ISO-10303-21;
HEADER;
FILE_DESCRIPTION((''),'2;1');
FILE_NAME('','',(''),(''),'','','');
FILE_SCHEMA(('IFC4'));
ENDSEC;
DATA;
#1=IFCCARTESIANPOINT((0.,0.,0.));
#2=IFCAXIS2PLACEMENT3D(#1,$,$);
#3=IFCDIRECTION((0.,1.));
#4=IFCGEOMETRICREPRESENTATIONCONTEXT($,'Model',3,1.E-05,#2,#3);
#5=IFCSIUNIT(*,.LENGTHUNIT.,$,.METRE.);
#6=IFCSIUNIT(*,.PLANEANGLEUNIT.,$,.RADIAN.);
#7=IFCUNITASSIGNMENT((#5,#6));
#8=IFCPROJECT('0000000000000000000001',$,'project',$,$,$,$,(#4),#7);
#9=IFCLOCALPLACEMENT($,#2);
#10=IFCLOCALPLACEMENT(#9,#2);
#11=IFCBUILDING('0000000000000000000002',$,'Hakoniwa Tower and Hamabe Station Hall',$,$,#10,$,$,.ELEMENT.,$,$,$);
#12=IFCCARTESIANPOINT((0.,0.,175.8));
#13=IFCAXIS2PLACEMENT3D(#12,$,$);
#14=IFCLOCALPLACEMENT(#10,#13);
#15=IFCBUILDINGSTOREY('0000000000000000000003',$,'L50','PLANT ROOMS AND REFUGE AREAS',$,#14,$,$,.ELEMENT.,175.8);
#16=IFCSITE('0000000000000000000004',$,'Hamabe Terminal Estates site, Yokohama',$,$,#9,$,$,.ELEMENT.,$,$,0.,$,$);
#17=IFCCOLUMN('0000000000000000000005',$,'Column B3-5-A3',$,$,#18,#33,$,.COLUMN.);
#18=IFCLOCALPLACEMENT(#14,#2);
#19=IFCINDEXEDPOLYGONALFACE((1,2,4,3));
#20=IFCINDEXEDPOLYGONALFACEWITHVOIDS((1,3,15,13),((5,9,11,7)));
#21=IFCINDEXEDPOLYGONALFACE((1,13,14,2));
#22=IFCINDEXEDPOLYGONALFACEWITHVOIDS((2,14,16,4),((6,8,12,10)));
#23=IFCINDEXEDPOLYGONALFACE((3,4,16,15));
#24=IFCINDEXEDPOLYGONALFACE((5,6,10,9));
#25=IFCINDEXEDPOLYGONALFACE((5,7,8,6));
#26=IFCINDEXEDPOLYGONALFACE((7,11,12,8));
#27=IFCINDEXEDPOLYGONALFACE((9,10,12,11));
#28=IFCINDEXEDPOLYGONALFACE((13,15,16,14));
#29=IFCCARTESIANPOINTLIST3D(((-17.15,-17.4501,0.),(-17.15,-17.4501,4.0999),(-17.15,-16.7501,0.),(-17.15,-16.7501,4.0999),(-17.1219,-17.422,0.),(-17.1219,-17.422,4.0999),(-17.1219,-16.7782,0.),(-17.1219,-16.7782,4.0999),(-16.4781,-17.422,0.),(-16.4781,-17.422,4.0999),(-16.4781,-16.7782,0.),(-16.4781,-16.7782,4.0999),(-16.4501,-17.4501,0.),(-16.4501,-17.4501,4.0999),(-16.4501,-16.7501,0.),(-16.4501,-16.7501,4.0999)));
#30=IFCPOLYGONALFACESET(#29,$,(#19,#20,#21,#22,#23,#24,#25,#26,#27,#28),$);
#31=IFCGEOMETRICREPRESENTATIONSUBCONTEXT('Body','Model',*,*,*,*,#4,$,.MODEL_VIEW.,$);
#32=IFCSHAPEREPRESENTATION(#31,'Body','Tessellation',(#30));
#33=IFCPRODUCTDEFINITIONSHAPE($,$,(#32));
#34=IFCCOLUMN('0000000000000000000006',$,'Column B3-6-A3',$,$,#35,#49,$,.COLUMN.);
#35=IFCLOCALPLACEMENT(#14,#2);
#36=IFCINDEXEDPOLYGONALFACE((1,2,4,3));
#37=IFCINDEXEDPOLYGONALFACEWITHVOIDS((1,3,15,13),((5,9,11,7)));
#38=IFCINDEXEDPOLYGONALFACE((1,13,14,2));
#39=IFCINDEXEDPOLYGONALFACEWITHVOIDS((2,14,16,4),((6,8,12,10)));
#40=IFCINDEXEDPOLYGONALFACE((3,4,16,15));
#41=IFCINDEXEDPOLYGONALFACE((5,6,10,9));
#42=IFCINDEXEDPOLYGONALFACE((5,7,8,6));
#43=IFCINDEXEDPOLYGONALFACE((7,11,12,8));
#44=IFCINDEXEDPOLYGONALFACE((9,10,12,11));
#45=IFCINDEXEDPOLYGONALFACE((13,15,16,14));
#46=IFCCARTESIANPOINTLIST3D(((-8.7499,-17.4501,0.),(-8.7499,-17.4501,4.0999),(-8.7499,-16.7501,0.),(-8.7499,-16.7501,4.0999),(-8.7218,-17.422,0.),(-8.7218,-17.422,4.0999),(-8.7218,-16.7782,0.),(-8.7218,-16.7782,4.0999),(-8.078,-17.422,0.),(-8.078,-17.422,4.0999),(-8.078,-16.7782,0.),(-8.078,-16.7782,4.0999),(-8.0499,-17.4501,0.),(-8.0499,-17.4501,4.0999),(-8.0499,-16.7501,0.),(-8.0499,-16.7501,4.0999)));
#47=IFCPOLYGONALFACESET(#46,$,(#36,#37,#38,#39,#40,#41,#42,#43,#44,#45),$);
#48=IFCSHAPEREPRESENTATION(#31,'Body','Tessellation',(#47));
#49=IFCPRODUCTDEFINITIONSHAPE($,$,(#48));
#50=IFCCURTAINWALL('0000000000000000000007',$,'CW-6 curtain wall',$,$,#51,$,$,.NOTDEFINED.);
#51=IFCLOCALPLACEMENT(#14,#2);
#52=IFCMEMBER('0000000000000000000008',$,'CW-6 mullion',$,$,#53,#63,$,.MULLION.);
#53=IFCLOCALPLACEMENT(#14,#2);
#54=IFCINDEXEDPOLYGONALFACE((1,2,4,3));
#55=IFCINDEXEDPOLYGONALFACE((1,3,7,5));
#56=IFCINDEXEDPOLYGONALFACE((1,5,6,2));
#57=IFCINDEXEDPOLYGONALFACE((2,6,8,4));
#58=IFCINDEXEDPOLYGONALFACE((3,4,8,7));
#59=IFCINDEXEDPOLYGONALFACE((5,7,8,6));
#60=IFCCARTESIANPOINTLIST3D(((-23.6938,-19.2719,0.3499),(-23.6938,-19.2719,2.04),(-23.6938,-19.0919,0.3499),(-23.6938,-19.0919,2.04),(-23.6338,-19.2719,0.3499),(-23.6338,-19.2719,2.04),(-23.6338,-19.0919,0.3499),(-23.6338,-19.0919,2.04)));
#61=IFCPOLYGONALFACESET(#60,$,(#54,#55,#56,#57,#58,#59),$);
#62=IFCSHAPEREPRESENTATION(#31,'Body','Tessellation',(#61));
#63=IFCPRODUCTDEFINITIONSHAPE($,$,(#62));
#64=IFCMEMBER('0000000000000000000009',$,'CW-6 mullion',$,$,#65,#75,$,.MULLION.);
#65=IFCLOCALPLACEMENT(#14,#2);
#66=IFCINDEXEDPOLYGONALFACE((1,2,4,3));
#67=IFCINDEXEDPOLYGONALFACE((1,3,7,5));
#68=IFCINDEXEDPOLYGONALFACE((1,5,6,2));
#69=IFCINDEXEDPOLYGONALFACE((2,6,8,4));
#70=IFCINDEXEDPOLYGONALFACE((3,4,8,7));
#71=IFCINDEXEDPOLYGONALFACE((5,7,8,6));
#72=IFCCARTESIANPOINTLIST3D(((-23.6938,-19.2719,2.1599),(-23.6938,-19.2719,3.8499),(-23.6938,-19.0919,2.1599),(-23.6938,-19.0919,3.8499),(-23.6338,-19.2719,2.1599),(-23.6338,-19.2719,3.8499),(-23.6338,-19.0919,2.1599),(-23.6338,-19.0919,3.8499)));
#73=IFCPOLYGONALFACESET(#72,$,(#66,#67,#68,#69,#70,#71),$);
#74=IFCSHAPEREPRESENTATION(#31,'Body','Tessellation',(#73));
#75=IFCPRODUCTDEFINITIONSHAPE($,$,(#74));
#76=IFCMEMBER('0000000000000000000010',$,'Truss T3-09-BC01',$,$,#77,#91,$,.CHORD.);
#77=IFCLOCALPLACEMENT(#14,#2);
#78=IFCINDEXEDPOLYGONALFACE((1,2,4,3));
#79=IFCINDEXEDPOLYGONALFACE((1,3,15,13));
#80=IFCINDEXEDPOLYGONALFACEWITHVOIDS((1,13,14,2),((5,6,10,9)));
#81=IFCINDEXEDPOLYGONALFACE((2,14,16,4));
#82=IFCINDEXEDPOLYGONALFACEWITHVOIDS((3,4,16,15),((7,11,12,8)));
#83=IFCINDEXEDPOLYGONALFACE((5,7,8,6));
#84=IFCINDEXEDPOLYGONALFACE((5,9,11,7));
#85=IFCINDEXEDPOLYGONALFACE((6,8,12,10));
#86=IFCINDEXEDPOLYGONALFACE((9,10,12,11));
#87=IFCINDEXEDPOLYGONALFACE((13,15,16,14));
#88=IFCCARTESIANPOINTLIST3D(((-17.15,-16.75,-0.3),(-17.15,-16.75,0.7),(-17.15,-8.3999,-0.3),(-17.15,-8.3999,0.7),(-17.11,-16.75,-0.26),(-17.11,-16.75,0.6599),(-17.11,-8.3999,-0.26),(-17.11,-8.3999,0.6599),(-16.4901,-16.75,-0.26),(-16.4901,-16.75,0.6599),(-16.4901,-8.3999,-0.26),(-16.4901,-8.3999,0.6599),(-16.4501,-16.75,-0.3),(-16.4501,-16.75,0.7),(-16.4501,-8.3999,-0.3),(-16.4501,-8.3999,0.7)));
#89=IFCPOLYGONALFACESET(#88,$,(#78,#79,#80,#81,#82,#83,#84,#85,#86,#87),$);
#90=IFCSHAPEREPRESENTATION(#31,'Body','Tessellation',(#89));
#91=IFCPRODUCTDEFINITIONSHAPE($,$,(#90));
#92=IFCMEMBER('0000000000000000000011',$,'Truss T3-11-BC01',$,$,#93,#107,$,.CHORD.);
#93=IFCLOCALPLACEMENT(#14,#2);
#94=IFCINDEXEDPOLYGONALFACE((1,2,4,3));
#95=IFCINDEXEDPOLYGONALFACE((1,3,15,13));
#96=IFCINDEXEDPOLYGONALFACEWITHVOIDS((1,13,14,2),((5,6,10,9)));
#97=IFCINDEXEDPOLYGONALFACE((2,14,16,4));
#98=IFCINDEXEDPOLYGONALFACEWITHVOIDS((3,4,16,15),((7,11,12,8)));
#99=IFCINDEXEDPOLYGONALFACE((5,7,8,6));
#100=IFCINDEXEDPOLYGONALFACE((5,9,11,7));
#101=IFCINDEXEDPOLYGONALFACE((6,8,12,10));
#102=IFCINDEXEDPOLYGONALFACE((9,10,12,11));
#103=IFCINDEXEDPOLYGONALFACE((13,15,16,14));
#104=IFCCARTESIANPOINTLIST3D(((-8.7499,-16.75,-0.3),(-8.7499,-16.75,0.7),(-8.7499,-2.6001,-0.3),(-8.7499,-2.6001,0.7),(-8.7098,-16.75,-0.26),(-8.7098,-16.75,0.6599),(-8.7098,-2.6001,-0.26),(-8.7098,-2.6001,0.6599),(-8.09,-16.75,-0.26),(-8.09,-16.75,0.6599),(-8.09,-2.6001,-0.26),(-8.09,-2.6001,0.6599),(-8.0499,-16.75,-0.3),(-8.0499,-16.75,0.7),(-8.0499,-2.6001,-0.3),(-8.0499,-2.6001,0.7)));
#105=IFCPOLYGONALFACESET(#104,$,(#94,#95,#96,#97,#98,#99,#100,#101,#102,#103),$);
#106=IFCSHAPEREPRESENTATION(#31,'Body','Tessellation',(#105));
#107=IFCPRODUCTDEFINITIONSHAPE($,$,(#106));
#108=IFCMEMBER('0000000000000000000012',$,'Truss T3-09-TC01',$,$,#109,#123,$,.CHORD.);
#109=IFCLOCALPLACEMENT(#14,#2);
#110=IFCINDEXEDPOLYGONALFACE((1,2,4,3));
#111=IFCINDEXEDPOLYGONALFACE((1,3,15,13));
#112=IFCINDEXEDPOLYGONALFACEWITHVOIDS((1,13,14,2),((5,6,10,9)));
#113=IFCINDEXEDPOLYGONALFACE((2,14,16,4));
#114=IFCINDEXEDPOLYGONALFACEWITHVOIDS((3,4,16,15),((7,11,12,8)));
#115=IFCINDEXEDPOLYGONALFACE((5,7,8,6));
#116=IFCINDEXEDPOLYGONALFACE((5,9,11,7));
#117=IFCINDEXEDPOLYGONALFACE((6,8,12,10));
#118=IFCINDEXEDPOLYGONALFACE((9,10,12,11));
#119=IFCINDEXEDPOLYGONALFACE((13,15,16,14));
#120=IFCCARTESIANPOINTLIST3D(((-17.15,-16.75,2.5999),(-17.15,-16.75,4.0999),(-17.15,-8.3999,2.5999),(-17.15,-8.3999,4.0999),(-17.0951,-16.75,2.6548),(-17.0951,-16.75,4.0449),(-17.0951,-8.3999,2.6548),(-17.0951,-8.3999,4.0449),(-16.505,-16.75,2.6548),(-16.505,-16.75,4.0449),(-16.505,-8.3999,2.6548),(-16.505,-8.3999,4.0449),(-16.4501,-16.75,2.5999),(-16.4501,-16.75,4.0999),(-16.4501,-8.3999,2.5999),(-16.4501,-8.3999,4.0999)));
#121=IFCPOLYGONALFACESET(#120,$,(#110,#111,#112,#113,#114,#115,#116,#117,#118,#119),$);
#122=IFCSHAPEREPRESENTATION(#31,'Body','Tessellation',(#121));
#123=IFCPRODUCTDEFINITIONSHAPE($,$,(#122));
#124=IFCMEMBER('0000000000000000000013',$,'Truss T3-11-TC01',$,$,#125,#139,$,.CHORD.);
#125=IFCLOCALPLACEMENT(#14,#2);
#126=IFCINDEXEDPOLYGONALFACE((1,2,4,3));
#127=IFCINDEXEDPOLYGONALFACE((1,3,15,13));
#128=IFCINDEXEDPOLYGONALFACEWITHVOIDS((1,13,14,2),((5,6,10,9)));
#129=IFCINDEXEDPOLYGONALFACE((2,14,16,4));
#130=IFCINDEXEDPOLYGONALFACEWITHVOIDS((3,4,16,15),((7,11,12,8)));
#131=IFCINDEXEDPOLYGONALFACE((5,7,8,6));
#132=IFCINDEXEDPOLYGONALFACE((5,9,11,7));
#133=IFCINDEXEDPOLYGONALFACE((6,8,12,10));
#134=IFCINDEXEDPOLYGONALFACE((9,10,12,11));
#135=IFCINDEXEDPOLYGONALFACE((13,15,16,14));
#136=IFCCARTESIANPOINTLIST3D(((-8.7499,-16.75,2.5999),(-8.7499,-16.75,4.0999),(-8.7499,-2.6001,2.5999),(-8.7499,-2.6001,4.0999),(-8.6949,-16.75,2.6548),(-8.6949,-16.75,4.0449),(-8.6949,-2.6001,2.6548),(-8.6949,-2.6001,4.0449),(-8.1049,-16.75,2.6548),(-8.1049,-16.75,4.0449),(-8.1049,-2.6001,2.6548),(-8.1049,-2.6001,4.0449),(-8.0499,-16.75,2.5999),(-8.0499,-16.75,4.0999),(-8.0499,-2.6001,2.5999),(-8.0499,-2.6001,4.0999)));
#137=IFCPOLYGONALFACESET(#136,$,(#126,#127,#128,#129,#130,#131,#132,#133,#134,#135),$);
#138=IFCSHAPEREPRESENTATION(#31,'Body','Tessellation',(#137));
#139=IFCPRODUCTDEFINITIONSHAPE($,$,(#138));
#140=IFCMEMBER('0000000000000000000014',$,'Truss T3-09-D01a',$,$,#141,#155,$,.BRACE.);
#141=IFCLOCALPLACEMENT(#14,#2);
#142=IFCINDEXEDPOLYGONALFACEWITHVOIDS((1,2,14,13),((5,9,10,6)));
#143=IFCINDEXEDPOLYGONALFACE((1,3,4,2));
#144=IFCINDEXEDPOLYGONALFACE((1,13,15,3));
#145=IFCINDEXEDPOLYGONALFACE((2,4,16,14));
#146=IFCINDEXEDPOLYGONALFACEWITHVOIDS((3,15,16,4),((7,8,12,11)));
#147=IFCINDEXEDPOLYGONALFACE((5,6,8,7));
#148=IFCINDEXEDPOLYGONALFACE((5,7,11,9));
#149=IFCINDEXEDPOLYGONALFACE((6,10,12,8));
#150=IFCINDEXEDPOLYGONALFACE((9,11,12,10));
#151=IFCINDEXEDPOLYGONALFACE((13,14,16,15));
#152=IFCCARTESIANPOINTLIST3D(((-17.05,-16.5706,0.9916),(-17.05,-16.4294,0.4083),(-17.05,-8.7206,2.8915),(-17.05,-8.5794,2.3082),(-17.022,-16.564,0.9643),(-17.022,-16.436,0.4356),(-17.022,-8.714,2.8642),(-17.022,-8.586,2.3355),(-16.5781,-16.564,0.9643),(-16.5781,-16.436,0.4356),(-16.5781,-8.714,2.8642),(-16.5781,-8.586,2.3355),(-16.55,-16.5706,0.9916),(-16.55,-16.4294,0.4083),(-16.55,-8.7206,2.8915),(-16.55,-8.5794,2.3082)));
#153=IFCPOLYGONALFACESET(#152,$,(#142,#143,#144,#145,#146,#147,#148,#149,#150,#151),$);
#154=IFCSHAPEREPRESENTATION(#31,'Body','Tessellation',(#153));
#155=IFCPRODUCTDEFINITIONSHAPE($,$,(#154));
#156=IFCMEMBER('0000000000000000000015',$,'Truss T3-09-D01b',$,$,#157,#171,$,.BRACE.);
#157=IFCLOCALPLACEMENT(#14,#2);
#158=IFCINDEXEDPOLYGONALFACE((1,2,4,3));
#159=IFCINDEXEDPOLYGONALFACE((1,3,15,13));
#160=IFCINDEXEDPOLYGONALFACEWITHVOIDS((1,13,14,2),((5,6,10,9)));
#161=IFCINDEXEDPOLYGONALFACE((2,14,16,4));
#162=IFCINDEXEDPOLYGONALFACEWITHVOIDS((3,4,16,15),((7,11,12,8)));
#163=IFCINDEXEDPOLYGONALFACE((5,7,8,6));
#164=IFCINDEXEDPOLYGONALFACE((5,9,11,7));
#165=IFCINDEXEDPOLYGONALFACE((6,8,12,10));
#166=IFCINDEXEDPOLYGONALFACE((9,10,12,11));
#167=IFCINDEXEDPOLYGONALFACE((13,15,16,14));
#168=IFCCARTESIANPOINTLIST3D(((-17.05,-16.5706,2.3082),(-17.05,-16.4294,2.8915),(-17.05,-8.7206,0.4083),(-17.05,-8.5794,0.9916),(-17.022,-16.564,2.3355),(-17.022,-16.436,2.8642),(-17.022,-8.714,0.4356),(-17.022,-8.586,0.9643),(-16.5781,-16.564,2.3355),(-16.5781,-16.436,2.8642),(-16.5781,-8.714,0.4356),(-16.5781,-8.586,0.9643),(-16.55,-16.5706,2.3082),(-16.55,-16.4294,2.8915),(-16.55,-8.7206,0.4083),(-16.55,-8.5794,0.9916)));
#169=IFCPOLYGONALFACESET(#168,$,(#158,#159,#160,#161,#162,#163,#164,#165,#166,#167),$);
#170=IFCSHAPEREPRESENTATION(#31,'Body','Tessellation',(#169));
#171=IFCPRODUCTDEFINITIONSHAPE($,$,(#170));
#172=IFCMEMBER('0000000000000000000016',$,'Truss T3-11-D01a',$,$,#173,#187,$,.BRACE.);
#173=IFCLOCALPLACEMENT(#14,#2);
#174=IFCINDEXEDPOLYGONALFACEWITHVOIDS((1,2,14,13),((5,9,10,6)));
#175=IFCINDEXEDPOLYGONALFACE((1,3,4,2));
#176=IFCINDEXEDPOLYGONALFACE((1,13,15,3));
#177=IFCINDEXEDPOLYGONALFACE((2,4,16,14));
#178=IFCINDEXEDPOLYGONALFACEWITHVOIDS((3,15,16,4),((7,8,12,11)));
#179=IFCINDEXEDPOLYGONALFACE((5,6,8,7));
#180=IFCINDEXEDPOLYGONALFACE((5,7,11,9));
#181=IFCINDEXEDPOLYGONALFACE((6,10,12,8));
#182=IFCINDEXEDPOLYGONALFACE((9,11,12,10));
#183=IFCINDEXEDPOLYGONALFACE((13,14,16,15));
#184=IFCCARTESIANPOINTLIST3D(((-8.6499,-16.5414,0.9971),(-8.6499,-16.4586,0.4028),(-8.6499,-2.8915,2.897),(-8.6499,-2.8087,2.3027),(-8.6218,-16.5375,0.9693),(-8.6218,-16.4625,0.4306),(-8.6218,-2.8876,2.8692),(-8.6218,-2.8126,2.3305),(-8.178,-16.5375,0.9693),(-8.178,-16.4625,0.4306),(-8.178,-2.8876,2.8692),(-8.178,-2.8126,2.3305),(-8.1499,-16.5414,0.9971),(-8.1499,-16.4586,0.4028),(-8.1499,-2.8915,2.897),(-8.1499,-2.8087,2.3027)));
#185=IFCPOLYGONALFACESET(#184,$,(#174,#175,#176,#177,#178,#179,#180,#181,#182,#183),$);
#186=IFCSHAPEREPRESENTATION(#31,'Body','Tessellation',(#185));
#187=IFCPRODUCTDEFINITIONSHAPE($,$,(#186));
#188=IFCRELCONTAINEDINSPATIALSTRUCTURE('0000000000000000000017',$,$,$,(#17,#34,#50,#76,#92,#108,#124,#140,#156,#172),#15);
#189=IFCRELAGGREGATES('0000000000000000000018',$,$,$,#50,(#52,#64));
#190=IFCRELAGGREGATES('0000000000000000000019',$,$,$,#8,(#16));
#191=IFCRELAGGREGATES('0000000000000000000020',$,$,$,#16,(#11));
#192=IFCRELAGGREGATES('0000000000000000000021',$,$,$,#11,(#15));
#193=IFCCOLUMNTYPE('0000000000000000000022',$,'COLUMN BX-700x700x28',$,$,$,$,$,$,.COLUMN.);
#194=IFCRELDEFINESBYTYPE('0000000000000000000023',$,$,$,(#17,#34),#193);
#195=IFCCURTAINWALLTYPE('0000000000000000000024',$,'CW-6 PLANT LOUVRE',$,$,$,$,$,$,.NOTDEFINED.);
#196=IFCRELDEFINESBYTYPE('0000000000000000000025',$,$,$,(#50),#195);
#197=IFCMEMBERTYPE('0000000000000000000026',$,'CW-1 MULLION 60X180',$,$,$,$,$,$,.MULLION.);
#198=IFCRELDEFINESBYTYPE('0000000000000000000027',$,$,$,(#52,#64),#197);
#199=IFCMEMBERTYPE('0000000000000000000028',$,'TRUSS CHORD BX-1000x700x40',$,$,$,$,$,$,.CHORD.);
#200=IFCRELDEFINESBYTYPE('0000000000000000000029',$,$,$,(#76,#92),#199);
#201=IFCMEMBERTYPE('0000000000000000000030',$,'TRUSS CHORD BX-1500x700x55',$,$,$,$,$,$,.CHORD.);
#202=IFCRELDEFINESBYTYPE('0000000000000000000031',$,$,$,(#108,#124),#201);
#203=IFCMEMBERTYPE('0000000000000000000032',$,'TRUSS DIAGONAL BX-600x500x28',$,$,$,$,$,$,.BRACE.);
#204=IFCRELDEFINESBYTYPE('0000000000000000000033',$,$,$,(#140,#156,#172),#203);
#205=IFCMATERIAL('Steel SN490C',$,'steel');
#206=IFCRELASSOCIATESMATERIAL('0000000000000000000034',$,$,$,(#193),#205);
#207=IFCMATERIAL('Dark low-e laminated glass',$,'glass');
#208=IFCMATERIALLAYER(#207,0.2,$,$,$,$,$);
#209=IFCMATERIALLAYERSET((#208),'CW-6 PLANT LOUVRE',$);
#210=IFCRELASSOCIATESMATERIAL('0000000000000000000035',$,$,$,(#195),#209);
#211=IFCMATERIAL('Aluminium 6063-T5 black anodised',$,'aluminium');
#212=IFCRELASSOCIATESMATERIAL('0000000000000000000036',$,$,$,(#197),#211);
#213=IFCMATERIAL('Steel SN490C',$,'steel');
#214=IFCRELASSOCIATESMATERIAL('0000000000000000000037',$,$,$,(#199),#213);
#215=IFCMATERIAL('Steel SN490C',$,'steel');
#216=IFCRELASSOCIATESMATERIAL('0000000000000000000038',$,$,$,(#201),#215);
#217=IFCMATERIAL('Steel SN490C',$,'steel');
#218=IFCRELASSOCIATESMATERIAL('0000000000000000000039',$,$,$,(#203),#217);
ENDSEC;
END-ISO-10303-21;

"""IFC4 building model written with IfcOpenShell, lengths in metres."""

from ifc_helpers import new_model, si_unit, direction, frame, origin, origin_2d, place, context, subcontext, project, spatial, rectangle, hollow_rectangle, extrude, material, layer, layer_set, material_profile, profile_set, type_object, element, aggregate, save


model = new_model("IFC4")

# Units and contexts
model_context = context("Model", 3, precision=1e-05, world=origin(), true_north=direction((0.0, 1.0)))
body_context = subcontext(model_context, "Body", "Model", "MODEL_VIEW")
ifc_project = project(units=[si_unit("LENGTHUNIT", "METRE"), si_unit("PLANEANGLEUNIT", "RADIAN")], contexts=[model_context])

# Site, building, storey
site_placement = place(None, origin())
site = spatial("IfcSite", under=ifc_project, at=site_placement, Name="Hamabe Terminal Estates site, Yokohama", CompositionType="ELEMENT", RefElevation=0.0)
building_placement = place(site_placement, origin())
building = spatial("IfcBuilding", under=site, at=building_placement, Name="Hakoniwa Tower and Hamabe Station Hall", CompositionType="ELEMENT")
storey_placement = place(building_placement, frame((0.0, 0.0, 175.8)))
storey = spatial("IfcBuildingStorey", under=building, at=storey_placement, Name="L50", Description="PLANT ROOMS AND REFUGE AREAS", CompositionType="ELEMENT", Elevation=175.8)

# Columns
ifc_material_1 = material(Name="Steel SN490C", Category="steel")
ifc_material_profile_1 = material_profile(ifc_material_1, hollow_rectangle(XDim=0.7, YDim=0.7, WallThickness=0.0281, at=origin_2d()), Name="BX-700x700x28")
ifc_profile_set_1 = profile_set([ifc_material_profile_1], Name="Steel SN490C")
column_type = type_object("IfcColumnType", Name="COLUMN BX-700x700x28", PredefinedType="COLUMN", material=ifc_profile_set_1)
for number, where, z_axis, x_axis, name in (
    (1, (-16.8, -17.1001, 0.0), (0.0, 0.0, 1.0), (1.0, 0.0, 0.0), "Column B3-5-A3"),
    (2, (-8.3999, -17.1001, 0.0), (0.0, 0.0, 1.0), (1.0, 0.0, 0.0), "Column B3-6-A3"),
):
    element("IfcColumn", number, at=place(storey_placement, frame(where, z_axis=z_axis, x_axis=x_axis)), inside=storey, type_object=column_type, Name=name, PredefinedType="COLUMN", context=body_context, shape_type="SweptSolid", body=[
        extrude(hollow_rectangle(XDim=0.7, YDim=0.7, WallThickness=0.0281, at=origin_2d()), origin(), (0.0, 0.0, 1.0), 4.0999),
    ])

# Curtain wall, members
ifc_material_2 = material(Name="Dark low-e laminated glass", Category="glass")
ifc_layer_1 = layer(ifc_material_2, 0.2)
ifc_layer_set_1 = layer_set([ifc_layer_1], Name="CW-6 PLANT LOUVRE")
curtain_wall_type = type_object("IfcCurtainWallType", Name="CW-6 PLANT LOUVRE", PredefinedType="NOTDEFINED", material=ifc_layer_set_1)
curtain_wall_placement = place(storey_placement, origin())
curtain_wall = element("IfcCurtainWall", 3, at=curtain_wall_placement, inside=storey, type_object=curtain_wall_type, Name="CW-6 curtain wall", PredefinedType="NOTDEFINED")
ifc_material_3 = material(Name="Aluminium 6063-T5 black anodised", Category="aluminium")
ifc_material_profile_2 = material_profile(ifc_material_3, rectangle(XDim=0.0601, YDim=0.1799, at=origin_2d()), Name="CW-1 MULLION 60X180")
ifc_profile_set_2 = profile_set([ifc_material_profile_2], Name="Aluminium 6063-T5 black anodised")
member_type_1 = type_object("IfcMemberType", Name="CW-1 MULLION 60X180", PredefinedType="MULLION", material=ifc_profile_set_2)
member_1_placement = place(storey_placement, frame((-23.6638, -19.1819, 0.3499), z_axis=(0.0, 0.0, 1.0), x_axis=(1.0, 0.0, 0.0)))
member_1 = element("IfcMember", 4, at=member_1_placement, type_object=member_type_1, Name="CW-6 mullion", PredefinedType="MULLION", context=body_context, shape_type="SweptSolid", body=[
    extrude(rectangle(XDim=0.0601, YDim=0.1799, at=origin_2d()), origin(), (0.0, 0.0, 1.0), 1.6902),
])
member_2_placement = place(storey_placement, frame((-23.6638, -19.1819, 2.1599), z_axis=(0.0, 0.0, 1.0), x_axis=(1.0, 0.0, 0.0)))
member_2 = element("IfcMember", 5, at=member_2_placement, type_object=member_type_1, Name="CW-6 mullion", PredefinedType="MULLION", context=body_context, shape_type="SweptSolid", body=[
    extrude(rectangle(XDim=0.0601, YDim=0.1799, at=origin_2d()), origin(), (0.0, 0.0, 1.0), 1.6899),
])

# Members
ifc_material_4 = material(Name="Steel SN490C", Category="steel")
ifc_material_profile_3 = material_profile(ifc_material_4, hollow_rectangle(XDim=0.7, YDim=1.0, WallThickness=0.04, at=origin_2d()), Name="BX-1000x700x40")
ifc_profile_set_3 = profile_set([ifc_material_profile_3], Name="Steel SN490C")
member_type_2 = type_object("IfcMemberType", Name="TRUSS CHORD BX-1000x700x40", PredefinedType="CHORD", material=ifc_profile_set_3)
member_3_placement = place(storey_placement, frame((-16.8, -16.75, 0.2), z_axis=(0.0, 1.0, 0.0), x_axis=(-1.0, 0.0, 0.0)))
element("IfcMember", 6, at=member_3_placement, inside=storey, type_object=member_type_2, Name="Truss T3-09-BC01", PredefinedType="CHORD", context=body_context, shape_type="SweptSolid", body=[
    extrude(hollow_rectangle(XDim=0.7, YDim=1.0, WallThickness=0.04, at=origin_2d()), origin(), (0.0, 0.0, 1.0), 8.3501),
])
member_4_placement = place(storey_placement, frame((-8.3999, -16.75, 0.2), z_axis=(0.0, 1.0, 0.0), x_axis=(-1.0, 0.0, 0.0)))
element("IfcMember", 7, at=member_4_placement, inside=storey, type_object=member_type_2, Name="Truss T3-11-BC01", PredefinedType="CHORD", context=body_context, shape_type="SweptSolid", body=[
    extrude(hollow_rectangle(XDim=0.7, YDim=1.0, WallThickness=0.04, at=origin_2d()), origin(), (0.0, 0.0, 1.0), 14.1499),
])
ifc_material_5 = material(Name="Steel SN490C", Category="steel")
ifc_material_profile_4 = material_profile(ifc_material_5, hollow_rectangle(XDim=0.7, YDim=1.5, WallThickness=0.0549, at=origin_2d()), Name="BX-1500x700x55")
ifc_profile_set_4 = profile_set([ifc_material_profile_4], Name="Steel SN490C")
member_type_3 = type_object("IfcMemberType", Name="TRUSS CHORD BX-1500x700x55", PredefinedType="CHORD", material=ifc_profile_set_4)
member_5_placement = place(storey_placement, frame((-16.8, -16.75, 3.3499), z_axis=(0.0, 1.0, 0.0), x_axis=(-1.0, 0.0, 0.0)))
element("IfcMember", 8, at=member_5_placement, inside=storey, type_object=member_type_3, Name="Truss T3-09-TC01", PredefinedType="CHORD", context=body_context, shape_type="SweptSolid", body=[
    extrude(hollow_rectangle(XDim=0.7, YDim=1.5, WallThickness=0.0549, at=origin_2d()), origin(), (0.0, 0.0, 1.0), 8.3501),
])
member_6_placement = place(storey_placement, frame((-8.3999, -16.75, 3.3499), z_axis=(0.0, 1.0, 0.0), x_axis=(-1.0, 0.0, 0.0)))
element("IfcMember", 9, at=member_6_placement, inside=storey, type_object=member_type_3, Name="Truss T3-11-TC01", PredefinedType="CHORD", context=body_context, shape_type="SweptSolid", body=[
    extrude(hollow_rectangle(XDim=0.7, YDim=1.5, WallThickness=0.0549, at=origin_2d()), origin(), (0.0, 0.0, 1.0), 14.1499),
])
ifc_material_6 = material(Name="Steel SN490C", Category="steel")
ifc_material_profile_5 = material_profile(ifc_material_6, hollow_rectangle(XDim=0.5, YDim=0.6001, WallThickness=0.0281, at=origin_2d()), Name="BX-600x500x28")
ifc_profile_set_5 = profile_set([ifc_material_profile_5], Name="Steel SN490C")
member_type_4 = type_object("IfcMemberType", Name="TRUSS DIAGONAL BX-600x500x28", PredefinedType="BRACE", material=ifc_profile_set_5)
for number, where, z_axis, x_axis, name in (
    (10, (-16.8, -16.5, 0.7), (0.0, 0.971939, 0.235231), (-1.0, 0.0, 0.0), "Truss T3-09-D01a"),
    (11, (-16.8, -16.5, 2.5999), (0.0, 0.971939, -0.235231), (-1.0, 0.0, 0.0), "Truss T3-09-D01b"),
):
    element("IfcMember", number, at=place(storey_placement, frame(where, z_axis=z_axis, x_axis=x_axis)), inside=storey, type_object=member_type_4, Name=name, PredefinedType="BRACE", context=body_context, shape_type="SweptSolid", body=[
        extrude(hollow_rectangle(XDim=0.5, YDim=0.6001, WallThickness=0.0281, at=origin_2d()), origin(), (0.0, 0.0, 1.0), 8.0767),
    ])
for number, where, z_axis, x_axis, name in (
    (12, (-8.3999, -16.5, 0.7), (0.0, 0.990452, 0.137859), (-1.0, 0.0, 0.0), "Truss T3-11-D01a"),
):
    element("IfcMember", number, at=place(storey_placement, frame(where, z_axis=z_axis, x_axis=x_axis)), inside=storey, type_object=member_type_4, Name=name, PredefinedType="BRACE", context=body_context, shape_type="SweptSolid", body=[
        extrude(hollow_rectangle(XDim=0.5, YDim=0.6001, WallThickness=0.0281, at=origin_2d()), origin(), (0.0, 0.0, 1.0), 13.7815),
    ])

aggregate(curtain_wall, [member_1, member_2])

save(model, "model.ifc")
